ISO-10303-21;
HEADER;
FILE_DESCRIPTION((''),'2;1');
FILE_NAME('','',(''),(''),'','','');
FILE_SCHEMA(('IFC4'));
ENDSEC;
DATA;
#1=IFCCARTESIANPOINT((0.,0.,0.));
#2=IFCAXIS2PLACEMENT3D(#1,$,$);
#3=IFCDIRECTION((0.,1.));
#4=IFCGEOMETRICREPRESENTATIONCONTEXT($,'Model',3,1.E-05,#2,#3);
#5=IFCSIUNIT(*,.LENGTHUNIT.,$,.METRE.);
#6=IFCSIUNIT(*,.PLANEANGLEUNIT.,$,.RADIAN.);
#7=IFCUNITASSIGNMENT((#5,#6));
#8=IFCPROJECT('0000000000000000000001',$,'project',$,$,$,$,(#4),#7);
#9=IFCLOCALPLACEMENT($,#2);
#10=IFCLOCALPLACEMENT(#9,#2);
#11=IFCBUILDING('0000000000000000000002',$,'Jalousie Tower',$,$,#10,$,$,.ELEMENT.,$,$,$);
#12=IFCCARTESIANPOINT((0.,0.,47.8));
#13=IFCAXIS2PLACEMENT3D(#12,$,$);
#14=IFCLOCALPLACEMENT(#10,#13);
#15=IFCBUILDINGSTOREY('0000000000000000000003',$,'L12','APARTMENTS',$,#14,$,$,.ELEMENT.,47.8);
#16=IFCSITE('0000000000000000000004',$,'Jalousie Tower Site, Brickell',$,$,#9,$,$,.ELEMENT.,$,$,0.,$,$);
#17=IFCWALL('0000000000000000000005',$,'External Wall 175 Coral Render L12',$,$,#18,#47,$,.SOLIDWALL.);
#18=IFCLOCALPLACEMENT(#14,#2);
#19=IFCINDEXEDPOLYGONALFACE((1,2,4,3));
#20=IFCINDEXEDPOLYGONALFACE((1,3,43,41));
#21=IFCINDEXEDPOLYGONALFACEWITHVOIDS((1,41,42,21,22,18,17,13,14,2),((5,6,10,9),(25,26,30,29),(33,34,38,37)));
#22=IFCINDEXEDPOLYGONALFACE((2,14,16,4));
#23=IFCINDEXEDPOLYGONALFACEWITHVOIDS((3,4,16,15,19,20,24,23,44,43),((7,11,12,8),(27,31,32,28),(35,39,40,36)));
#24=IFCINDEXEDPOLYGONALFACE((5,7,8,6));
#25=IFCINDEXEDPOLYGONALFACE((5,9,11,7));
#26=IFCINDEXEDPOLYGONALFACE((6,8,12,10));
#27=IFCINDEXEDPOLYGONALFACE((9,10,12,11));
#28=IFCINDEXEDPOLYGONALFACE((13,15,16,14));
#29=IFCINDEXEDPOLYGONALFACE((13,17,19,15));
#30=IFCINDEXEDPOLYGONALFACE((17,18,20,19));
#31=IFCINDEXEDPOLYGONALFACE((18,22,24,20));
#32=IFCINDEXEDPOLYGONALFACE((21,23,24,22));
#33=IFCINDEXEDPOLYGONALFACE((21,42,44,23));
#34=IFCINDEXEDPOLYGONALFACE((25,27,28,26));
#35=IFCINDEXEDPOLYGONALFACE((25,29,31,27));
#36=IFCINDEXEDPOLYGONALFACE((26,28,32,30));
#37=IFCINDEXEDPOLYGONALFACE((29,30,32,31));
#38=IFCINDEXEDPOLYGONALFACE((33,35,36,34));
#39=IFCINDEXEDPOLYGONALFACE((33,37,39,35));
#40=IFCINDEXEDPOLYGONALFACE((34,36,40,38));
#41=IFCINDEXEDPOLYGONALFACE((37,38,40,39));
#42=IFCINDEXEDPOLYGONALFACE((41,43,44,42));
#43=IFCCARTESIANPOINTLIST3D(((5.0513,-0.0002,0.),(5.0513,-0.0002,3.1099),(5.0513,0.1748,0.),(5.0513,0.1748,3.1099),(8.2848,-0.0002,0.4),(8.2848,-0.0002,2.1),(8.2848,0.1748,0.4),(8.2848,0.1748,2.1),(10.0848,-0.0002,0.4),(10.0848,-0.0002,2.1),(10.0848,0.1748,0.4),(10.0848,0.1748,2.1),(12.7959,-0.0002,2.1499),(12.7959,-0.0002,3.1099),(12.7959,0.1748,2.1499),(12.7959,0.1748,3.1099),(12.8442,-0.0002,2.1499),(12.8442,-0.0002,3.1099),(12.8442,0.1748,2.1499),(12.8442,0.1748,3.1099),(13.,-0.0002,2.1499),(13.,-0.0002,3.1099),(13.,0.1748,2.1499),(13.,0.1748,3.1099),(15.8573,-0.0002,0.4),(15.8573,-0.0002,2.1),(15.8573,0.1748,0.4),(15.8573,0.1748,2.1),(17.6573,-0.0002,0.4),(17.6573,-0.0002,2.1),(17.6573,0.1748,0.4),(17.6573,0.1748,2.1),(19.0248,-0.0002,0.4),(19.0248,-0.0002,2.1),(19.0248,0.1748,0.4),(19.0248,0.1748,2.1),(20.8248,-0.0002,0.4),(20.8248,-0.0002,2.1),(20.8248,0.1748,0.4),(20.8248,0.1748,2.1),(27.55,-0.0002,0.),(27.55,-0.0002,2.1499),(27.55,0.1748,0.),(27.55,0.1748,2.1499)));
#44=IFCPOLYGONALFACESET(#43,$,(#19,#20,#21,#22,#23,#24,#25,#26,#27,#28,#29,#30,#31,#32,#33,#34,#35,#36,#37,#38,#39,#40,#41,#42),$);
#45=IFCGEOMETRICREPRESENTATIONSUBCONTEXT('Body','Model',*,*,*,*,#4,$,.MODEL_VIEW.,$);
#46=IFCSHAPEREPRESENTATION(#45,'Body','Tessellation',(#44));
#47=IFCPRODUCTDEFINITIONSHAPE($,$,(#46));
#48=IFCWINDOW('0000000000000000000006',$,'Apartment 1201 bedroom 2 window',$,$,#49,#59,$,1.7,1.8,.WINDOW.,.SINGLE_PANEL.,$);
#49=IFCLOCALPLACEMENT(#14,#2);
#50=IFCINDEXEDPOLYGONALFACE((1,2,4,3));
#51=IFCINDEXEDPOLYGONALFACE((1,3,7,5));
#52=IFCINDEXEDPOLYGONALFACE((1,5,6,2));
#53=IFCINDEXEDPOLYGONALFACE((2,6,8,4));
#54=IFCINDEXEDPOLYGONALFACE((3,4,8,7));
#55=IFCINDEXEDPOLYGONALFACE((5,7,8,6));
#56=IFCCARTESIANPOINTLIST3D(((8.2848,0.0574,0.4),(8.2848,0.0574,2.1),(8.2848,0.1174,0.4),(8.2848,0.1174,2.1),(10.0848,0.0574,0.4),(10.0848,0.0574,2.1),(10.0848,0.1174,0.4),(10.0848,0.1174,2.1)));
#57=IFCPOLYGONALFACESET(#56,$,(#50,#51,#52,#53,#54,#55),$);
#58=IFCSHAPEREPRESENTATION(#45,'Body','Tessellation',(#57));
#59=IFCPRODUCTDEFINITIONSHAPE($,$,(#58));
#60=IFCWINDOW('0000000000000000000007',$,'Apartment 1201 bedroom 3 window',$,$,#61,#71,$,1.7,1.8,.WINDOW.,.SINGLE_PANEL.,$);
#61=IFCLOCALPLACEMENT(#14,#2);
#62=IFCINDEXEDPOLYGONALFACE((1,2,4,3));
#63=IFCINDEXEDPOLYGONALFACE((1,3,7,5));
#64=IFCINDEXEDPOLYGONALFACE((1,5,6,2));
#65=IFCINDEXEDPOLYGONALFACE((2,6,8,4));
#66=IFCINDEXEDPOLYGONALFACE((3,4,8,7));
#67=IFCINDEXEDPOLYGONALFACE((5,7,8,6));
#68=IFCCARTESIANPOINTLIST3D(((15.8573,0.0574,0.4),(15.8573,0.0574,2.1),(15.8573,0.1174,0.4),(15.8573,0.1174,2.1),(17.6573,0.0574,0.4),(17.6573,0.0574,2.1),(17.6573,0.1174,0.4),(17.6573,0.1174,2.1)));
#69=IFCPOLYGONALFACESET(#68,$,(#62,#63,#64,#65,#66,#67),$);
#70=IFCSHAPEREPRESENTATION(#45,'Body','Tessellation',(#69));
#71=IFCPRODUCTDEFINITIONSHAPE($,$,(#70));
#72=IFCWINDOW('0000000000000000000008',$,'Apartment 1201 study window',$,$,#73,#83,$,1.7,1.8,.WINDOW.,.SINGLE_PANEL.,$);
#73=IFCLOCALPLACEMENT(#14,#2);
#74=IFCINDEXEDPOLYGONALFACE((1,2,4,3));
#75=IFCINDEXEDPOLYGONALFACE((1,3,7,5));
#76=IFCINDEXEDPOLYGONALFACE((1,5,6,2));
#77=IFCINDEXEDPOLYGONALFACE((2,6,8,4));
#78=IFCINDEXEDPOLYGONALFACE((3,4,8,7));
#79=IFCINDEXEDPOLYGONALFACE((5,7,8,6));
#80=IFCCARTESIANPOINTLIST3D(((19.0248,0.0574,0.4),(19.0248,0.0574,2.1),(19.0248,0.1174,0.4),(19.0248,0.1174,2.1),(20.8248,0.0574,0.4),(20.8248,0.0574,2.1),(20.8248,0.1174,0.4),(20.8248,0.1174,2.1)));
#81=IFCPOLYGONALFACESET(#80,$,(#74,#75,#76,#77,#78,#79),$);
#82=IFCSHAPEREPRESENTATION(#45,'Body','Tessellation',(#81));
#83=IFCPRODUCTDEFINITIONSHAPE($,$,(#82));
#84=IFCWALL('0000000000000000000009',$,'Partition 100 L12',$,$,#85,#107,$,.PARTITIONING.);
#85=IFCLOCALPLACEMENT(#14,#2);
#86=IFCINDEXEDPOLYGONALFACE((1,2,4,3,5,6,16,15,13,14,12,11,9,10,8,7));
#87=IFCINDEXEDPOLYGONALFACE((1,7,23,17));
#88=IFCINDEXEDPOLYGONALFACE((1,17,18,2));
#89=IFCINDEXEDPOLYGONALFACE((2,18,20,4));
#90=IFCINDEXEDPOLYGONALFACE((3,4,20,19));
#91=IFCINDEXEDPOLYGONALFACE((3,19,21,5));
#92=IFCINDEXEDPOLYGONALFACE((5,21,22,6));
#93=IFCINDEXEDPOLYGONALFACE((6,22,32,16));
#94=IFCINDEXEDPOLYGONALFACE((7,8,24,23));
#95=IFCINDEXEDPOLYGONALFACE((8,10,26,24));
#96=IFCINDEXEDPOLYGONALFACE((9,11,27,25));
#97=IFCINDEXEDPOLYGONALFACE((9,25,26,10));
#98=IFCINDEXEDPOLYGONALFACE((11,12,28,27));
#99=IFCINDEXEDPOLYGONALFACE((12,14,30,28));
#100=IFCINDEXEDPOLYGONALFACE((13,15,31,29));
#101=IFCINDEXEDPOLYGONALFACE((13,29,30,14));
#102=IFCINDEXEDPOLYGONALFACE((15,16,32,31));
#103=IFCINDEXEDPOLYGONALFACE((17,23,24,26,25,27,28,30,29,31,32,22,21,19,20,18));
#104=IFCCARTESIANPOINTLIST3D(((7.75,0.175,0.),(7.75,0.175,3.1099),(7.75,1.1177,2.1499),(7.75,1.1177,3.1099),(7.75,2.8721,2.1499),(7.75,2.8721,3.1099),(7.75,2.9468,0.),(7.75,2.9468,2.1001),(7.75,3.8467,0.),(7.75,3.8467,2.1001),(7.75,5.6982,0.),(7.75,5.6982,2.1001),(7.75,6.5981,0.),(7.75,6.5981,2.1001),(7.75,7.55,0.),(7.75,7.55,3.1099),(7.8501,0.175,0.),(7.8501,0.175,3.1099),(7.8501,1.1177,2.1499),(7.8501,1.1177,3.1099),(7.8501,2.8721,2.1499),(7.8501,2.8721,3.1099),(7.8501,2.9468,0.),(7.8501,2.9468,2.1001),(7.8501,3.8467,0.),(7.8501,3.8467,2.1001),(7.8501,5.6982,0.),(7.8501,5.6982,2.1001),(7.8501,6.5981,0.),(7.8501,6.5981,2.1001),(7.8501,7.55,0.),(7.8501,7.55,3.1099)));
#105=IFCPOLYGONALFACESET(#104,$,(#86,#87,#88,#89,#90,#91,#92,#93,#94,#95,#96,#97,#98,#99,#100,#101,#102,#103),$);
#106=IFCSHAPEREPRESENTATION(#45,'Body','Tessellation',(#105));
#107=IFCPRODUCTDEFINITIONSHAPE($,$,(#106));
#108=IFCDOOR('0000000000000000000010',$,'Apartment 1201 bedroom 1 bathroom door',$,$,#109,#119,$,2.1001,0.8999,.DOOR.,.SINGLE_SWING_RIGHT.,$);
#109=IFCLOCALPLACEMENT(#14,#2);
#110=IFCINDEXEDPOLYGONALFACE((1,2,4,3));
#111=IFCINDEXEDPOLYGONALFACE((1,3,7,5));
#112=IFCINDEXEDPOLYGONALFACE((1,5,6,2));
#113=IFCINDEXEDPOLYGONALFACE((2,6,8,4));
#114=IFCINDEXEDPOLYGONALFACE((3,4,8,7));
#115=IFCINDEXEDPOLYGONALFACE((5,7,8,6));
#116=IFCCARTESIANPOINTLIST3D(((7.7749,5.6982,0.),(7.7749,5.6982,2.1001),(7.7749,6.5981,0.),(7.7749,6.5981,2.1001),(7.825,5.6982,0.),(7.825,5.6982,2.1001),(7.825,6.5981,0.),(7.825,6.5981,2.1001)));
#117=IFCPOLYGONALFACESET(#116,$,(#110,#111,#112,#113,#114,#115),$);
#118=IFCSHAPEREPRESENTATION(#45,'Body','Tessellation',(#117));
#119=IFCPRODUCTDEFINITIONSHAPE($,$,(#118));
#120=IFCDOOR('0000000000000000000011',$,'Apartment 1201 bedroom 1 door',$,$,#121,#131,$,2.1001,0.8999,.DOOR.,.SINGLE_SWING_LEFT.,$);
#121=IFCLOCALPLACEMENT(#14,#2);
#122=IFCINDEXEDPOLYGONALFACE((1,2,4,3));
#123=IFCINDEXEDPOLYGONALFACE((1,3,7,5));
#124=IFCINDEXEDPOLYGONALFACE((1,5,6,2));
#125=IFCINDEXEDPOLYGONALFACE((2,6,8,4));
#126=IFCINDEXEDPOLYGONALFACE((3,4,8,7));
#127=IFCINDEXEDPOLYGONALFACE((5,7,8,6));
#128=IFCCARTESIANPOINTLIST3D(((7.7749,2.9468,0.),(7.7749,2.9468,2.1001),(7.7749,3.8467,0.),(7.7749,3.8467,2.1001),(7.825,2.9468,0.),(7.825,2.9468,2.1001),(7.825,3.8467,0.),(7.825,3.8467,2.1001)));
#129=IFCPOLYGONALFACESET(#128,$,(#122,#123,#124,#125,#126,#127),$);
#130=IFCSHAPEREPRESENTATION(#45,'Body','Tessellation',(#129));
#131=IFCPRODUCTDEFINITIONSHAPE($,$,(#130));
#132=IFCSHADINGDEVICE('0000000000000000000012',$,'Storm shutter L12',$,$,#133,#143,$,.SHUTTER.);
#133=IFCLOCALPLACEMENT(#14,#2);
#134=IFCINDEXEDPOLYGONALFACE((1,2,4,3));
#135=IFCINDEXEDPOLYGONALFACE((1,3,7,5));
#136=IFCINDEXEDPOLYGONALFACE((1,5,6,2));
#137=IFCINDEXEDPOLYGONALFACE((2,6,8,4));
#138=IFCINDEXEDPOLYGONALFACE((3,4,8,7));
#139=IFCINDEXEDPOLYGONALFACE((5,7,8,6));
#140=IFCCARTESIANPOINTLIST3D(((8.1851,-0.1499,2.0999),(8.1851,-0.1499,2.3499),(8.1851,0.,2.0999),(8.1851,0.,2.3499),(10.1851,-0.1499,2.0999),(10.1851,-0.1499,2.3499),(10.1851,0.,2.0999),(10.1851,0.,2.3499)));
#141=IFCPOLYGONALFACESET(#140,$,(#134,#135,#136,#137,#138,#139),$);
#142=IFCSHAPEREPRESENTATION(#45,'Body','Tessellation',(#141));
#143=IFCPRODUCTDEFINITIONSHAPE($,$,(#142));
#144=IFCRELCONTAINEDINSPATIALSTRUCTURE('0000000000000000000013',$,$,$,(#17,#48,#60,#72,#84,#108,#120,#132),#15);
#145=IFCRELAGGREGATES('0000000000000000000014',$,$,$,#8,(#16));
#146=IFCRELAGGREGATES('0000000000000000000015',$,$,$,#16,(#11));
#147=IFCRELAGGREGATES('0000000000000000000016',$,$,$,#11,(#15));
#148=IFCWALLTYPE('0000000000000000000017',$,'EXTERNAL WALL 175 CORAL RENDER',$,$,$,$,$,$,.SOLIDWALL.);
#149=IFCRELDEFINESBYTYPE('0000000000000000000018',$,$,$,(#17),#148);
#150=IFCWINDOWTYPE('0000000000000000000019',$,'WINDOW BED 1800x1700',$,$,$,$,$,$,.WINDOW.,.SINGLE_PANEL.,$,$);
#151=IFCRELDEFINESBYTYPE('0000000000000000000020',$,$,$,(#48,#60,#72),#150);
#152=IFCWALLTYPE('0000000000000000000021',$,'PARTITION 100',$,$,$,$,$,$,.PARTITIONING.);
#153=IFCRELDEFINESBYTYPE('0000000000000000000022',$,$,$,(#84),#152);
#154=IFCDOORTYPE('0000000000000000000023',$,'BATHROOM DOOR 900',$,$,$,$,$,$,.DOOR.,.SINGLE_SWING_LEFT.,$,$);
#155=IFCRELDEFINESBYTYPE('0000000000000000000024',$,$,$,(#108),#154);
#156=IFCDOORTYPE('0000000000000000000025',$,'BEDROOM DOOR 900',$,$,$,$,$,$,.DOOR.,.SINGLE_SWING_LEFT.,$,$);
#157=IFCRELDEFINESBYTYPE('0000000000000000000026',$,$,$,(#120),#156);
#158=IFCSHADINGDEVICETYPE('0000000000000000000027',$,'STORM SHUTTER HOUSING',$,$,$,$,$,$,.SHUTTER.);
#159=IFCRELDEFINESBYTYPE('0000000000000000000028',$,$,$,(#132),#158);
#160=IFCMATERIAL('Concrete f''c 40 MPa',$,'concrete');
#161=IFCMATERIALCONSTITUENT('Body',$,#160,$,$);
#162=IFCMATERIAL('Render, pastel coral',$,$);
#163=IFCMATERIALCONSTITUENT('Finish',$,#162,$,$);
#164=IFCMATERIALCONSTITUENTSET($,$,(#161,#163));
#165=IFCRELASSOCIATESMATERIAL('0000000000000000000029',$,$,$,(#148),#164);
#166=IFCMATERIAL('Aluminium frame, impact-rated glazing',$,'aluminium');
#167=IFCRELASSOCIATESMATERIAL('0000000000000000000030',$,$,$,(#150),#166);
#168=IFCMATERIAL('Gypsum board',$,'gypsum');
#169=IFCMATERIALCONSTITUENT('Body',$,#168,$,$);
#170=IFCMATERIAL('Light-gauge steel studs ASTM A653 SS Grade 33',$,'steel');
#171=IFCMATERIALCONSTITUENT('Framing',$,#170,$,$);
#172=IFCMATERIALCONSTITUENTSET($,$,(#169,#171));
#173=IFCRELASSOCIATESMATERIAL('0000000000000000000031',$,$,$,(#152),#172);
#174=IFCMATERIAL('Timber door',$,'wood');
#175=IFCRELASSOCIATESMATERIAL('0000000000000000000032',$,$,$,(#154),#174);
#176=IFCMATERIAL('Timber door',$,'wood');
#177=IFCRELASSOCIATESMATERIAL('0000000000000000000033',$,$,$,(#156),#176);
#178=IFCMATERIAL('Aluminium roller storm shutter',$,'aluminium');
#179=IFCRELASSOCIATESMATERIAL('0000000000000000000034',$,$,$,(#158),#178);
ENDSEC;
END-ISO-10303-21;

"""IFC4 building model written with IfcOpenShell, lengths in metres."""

from ifc_helpers import new_model, si_unit, direction, frame, frame_2d, origin, origin_2d, place, context, subcontext, project, spatial, polyline, rectangle, outline, extrude, material, constituent, constituent_set, type_object, element, fill, save


model = new_model("IFC4")

# Units and contexts
model_context = context("Model", 3, precision=1e-05, world=origin(), true_north=direction((0.0, 1.0)))
body_context = subcontext(model_context, "Body", "Model", "MODEL_VIEW")
ifc_project = project(units=[si_unit("LENGTHUNIT", "METRE"), si_unit("PLANEANGLEUNIT", "RADIAN")], contexts=[model_context])

# Site, building, storey
site_placement = place(None, origin())
site = spatial("IfcSite", under=ifc_project, at=site_placement, Name="Jalousie Tower Site, Brickell", CompositionType="ELEMENT", RefElevation=0.0)
building_placement = place(site_placement, origin())
building = spatial("IfcBuilding", under=site, at=building_placement, Name="Jalousie Tower", CompositionType="ELEMENT")
storey_placement = place(building_placement, frame((0.0, 0.0, 47.8)))
storey = spatial("IfcBuildingStorey", under=building, at=storey_placement, Name="L12", Description="APARTMENTS", CompositionType="ELEMENT", Elevation=47.8)

# Wall, openings, windows
ifc_material_1 = material(Name="Concrete f'c 40 MPa", Category="concrete")
ifc_constituent_1 = constituent(ifc_material_1, Name="Body")
ifc_material_2 = material(Name="Render, pastel coral")
ifc_constituent_2 = constituent(ifc_material_2, Name="Finish")
ifc_constituent_set_1 = constituent_set(constituents=[ifc_constituent_1, ifc_constituent_2])
wall_type_1 = type_object("IfcWallType", Name="EXTERNAL WALL 175 CORAL RENDER", PredefinedType="SOLIDWALL", material=ifc_constituent_set_1)
wall_1_placement = place(storey_placement, frame((5.0513, 0.0874, 0.0), z_axis=(0.0, 0.0, 1.0), x_axis=(1.0, 0.0, 0.0)))
wall_1 = element("IfcWall", 1, at=wall_1_placement, inside=storey, type_object=wall_type_1, Name="External Wall 175 Coral Render L12", PredefinedType="SOLIDWALL", context=body_context, shape_type="SweptSolid", body=[
    extrude(outline(polyline([(0.0, 0.0), (22.4988, 0.0), (22.4988, 2.1499), (7.9487, 2.1499), (7.9487, 3.1099), (7.793, 3.1099), (7.793, 2.1499), (7.7446, 2.1499), (7.7446, 3.1099), (0.0, 3.1099), (0.0, 0.0)])), frame((0.0, 0.0874, 0.0), z_axis=(0.0, -1.0, 0.0), x_axis=(1.0, 0.0, 0.0)), (0.0, 0.0, 1.0), 0.175),
])
opening_1_placement = place(wall_1_placement, frame((3.2336, 0.0, 0.3999)))
opening_1 = element("IfcOpeningElement", 2, at=opening_1_placement, cuts=wall_1, PredefinedType="OPENING", context=body_context, shape_type="SweptSolid", body=[
    extrude(rectangle(XDim=1.8, YDim=1.7, at=frame_2d((0.8999, 0.8501))), frame((0.0, 0.0974, 0.0), z_axis=(0.0, -1.0, 0.0), x_axis=(1.0, 0.0, 0.0)), (0.0, 0.0, 1.0), 0.1951),
])
opening_2_placement = place(wall_1_placement, frame((10.8062, 0.0, 0.3999)))
opening_2 = element("IfcOpeningElement", 3, at=opening_2_placement, cuts=wall_1, PredefinedType="OPENING", context=body_context, shape_type="SweptSolid", body=[
    extrude(rectangle(XDim=1.8, YDim=1.7, at=frame_2d((0.8999, 0.8501))), frame((0.0, 0.0974, 0.0), z_axis=(0.0, -1.0, 0.0), x_axis=(1.0, 0.0, 0.0)), (0.0, 0.0, 1.0), 0.1951),
])
opening_3_placement = place(wall_1_placement, frame((13.9736, 0.0, 0.3999)))
opening_3 = element("IfcOpeningElement", 4, at=opening_3_placement, cuts=wall_1, PredefinedType="OPENING", context=body_context, shape_type="SweptSolid", body=[
    extrude(rectangle(XDim=1.8, YDim=1.7, at=frame_2d((0.8999, 0.8501))), frame((0.0, 0.0974, 0.0), z_axis=(0.0, -1.0, 0.0), x_axis=(1.0, 0.0, 0.0)), (0.0, 0.0, 1.0), 0.1951),
])
ifc_material_3 = material(Name="Aluminium frame, impact-rated glazing", Category="aluminium")
window_type = type_object("IfcWindowType", Name="WINDOW BED 1800x1700", PartitioningType="SINGLE_PANEL", PredefinedType="WINDOW", material=ifc_material_3)
window_1_placement = place(opening_1_placement, origin())
window_1 = element("IfcWindow", 5, at=window_1_placement, inside=storey, type_object=window_type, Name="Apartment 1201 bedroom 2 window", OverallHeight=1.7, OverallWidth=1.8, PartitioningType="SINGLE_PANEL", PredefinedType="WINDOW", context=body_context, shape_type="SweptSolid", body=[
    extrude(rectangle(XDim=1.8, YDim=1.7, at=frame_2d((0.8999, 0.8501))), frame((0.0, 0.03, 0.0), z_axis=(0.0, -1.0, 0.0), x_axis=(1.0, 0.0, 0.0)), (0.0, 0.0, 1.0), 0.0601),
])
fill(opening_1, window_1)
window_2_placement = place(opening_2_placement, origin())
window_2 = element("IfcWindow", 6, at=window_2_placement, inside=storey, type_object=window_type, Name="Apartment 1201 bedroom 3 window", OverallHeight=1.7, OverallWidth=1.8, PartitioningType="SINGLE_PANEL", PredefinedType="WINDOW", context=body_context, shape_type="SweptSolid", body=[
    extrude(rectangle(XDim=1.8, YDim=1.7, at=frame_2d((0.8999, 0.8501))), frame((0.0, 0.03, 0.0), z_axis=(0.0, -1.0, 0.0), x_axis=(1.0, 0.0, 0.0)), (0.0, 0.0, 1.0), 0.0601),
])
fill(opening_2, window_2)
window_3_placement = place(opening_3_placement, origin())
window_3 = element("IfcWindow", 7, at=window_3_placement, inside=storey, type_object=window_type, Name="Apartment 1201 study window", OverallHeight=1.7, OverallWidth=1.8, PartitioningType="SINGLE_PANEL", PredefinedType="WINDOW", context=body_context, shape_type="SweptSolid", body=[
    extrude(rectangle(XDim=1.8, YDim=1.7, at=frame_2d((0.8999, 0.8501))), frame((0.0, 0.03, 0.0), z_axis=(0.0, -1.0, 0.0), x_axis=(1.0, 0.0, 0.0)), (0.0, 0.0, 1.0), 0.0601),
])
fill(opening_3, window_3)

# Wall, openings, doors
ifc_material_4 = material(Name="Gypsum board", Category="gypsum")
ifc_constituent_3 = constituent(ifc_material_4, Name="Body")
ifc_material_5 = material(Name="Light-gauge steel studs ASTM A653 SS Grade 33", Category="steel")
ifc_constituent_4 = constituent(ifc_material_5, Name="Framing")
ifc_constituent_set_2 = constituent_set(constituents=[ifc_constituent_3, ifc_constituent_4])
wall_type_2 = type_object("IfcWallType", Name="PARTITION 100", PredefinedType="PARTITIONING", material=ifc_constituent_set_2)
wall_2_placement = place(storey_placement, frame((7.8, 0.175, 0.0), z_axis=(0.0, 0.0, 1.0), x_axis=(0.0, 1.0, 0.0)))
wall_2 = element("IfcWall", 8, at=wall_2_placement, inside=storey, type_object=wall_type_2, Name="Partition 100 L12", PredefinedType="PARTITIONING", context=body_context, shape_type="SweptSolid", body=[
    extrude(outline(polyline([(0.0, 0.0), (7.375, 0.0), (7.375, 3.1099), (2.697, 3.1099), (2.697, 2.1499), (0.9426, 2.1499), (0.9426, 3.1099), (0.0, 3.1099), (0.0, 0.0)])), frame((0.0, 0.05, 0.0), z_axis=(0.0, -1.0, 0.0), x_axis=(1.0, 0.0, 0.0)), (0.0, 0.0, 1.0), 0.1001),
])
opening_4_placement = place(wall_2_placement, frame((2.7717, 0.0, 0.0)))
opening_4 = element("IfcOpeningElement", 9, at=opening_4_placement, cuts=wall_2, PredefinedType="OPENING", context=body_context, shape_type="SweptSolid", body=[
    extrude(rectangle(XDim=0.8999, YDim=2.1001, at=frame_2d((0.45, 1.05))), frame((0.0, 0.0601, 0.0), z_axis=(0.0, -1.0, 0.0), x_axis=(1.0, 0.0, 0.0)), (0.0, 0.0, 1.0), 0.1201),
])
opening_5_placement = place(wall_2_placement, frame((5.5232, 0.0, 0.0)))
opening_5 = element("IfcOpeningElement", 10, at=opening_5_placement, cuts=wall_2, PredefinedType="OPENING", context=body_context, shape_type="SweptSolid", body=[
    extrude(rectangle(XDim=0.8999, YDim=2.1001, at=frame_2d((0.45, 1.05))), frame((0.0, 0.0601, 0.0), z_axis=(0.0, -1.0, 0.0), x_axis=(1.0, 0.0, 0.0)), (0.0, 0.0, 1.0), 0.1201),
])
ifc_material_6 = material(Name="Timber door", Category="wood")
door_type_1 = type_object("IfcDoorType", Name="BATHROOM DOOR 900", OperationType="SINGLE_SWING_LEFT", PredefinedType="DOOR", material=ifc_material_6)
door_1_placement = place(opening_5_placement, frame((0.8999, 0.0, 0.0), z_axis=(0.0, 0.0, 1.0), x_axis=(-1.0, 0.0, 0.0)))
door_1 = element("IfcDoor", 11, at=door_1_placement, inside=storey, type_object=door_type_1, Name="Apartment 1201 bedroom 1 bathroom door", OperationType="SINGLE_SWING_RIGHT", OverallHeight=2.1001, OverallWidth=0.8999, PredefinedType="DOOR", context=body_context, shape_type="SweptSolid", body=[
    extrude(rectangle(XDim=0.8999, YDim=2.1001, at=frame_2d((0.45, 1.05))), frame((0.0, 0.0249, 0.0), z_axis=(0.0, -1.0, 0.0), x_axis=(1.0, 0.0, 0.0)), (0.0, 0.0, 1.0), 0.05),
])
fill(opening_5, door_1)
ifc_material_7 = material(Name="Timber door", Category="wood")
door_type_2 = type_object("IfcDoorType", Name="BEDROOM DOOR 900", OperationType="SINGLE_SWING_LEFT", PredefinedType="DOOR", material=ifc_material_7)
door_2_placement = place(opening_4_placement, frame((0.8999, 0.0, 0.0), z_axis=(0.0, 0.0, 1.0), x_axis=(-1.0, 0.0, 0.0)))
door_2 = element("IfcDoor", 12, at=door_2_placement, inside=storey, type_object=door_type_2, Name="Apartment 1201 bedroom 1 door", OperationType="SINGLE_SWING_LEFT", OverallHeight=2.1001, OverallWidth=0.8999, PredefinedType="DOOR", context=body_context, shape_type="SweptSolid", body=[
    extrude(rectangle(XDim=0.8999, YDim=2.1001, at=frame_2d((0.45, 1.05))), frame((0.0, 0.0249, 0.0), z_axis=(0.0, -1.0, 0.0), x_axis=(1.0, 0.0, 0.0)), (0.0, 0.0, 1.0), 0.05),
])
fill(opening_4, door_2)

# Shading device
ifc_material_8 = material(Name="Aluminium roller storm shutter", Category="aluminium")
shading_device_type = type_object("IfcShadingDeviceType", Name="STORM SHUTTER HOUSING", PredefinedType="SHUTTER", material=ifc_material_8)
shading_device_placement = place(storey_placement, frame((9.1851, -0.075, 2.0999), z_axis=(0.0, 0.0, 1.0), x_axis=(1.0, 0.0, 0.0)))
element("IfcShadingDevice", 13, at=shading_device_placement, inside=storey, type_object=shading_device_type, Name="Storm shutter L12", PredefinedType="SHUTTER", context=body_context, shape_type="SweptSolid", body=[
    extrude(rectangle(XDim=2.0, YDim=0.1499, at=origin_2d()), origin(), (0.0, 0.0, 1.0), 0.25),
])

save(model, "model.ifc")
